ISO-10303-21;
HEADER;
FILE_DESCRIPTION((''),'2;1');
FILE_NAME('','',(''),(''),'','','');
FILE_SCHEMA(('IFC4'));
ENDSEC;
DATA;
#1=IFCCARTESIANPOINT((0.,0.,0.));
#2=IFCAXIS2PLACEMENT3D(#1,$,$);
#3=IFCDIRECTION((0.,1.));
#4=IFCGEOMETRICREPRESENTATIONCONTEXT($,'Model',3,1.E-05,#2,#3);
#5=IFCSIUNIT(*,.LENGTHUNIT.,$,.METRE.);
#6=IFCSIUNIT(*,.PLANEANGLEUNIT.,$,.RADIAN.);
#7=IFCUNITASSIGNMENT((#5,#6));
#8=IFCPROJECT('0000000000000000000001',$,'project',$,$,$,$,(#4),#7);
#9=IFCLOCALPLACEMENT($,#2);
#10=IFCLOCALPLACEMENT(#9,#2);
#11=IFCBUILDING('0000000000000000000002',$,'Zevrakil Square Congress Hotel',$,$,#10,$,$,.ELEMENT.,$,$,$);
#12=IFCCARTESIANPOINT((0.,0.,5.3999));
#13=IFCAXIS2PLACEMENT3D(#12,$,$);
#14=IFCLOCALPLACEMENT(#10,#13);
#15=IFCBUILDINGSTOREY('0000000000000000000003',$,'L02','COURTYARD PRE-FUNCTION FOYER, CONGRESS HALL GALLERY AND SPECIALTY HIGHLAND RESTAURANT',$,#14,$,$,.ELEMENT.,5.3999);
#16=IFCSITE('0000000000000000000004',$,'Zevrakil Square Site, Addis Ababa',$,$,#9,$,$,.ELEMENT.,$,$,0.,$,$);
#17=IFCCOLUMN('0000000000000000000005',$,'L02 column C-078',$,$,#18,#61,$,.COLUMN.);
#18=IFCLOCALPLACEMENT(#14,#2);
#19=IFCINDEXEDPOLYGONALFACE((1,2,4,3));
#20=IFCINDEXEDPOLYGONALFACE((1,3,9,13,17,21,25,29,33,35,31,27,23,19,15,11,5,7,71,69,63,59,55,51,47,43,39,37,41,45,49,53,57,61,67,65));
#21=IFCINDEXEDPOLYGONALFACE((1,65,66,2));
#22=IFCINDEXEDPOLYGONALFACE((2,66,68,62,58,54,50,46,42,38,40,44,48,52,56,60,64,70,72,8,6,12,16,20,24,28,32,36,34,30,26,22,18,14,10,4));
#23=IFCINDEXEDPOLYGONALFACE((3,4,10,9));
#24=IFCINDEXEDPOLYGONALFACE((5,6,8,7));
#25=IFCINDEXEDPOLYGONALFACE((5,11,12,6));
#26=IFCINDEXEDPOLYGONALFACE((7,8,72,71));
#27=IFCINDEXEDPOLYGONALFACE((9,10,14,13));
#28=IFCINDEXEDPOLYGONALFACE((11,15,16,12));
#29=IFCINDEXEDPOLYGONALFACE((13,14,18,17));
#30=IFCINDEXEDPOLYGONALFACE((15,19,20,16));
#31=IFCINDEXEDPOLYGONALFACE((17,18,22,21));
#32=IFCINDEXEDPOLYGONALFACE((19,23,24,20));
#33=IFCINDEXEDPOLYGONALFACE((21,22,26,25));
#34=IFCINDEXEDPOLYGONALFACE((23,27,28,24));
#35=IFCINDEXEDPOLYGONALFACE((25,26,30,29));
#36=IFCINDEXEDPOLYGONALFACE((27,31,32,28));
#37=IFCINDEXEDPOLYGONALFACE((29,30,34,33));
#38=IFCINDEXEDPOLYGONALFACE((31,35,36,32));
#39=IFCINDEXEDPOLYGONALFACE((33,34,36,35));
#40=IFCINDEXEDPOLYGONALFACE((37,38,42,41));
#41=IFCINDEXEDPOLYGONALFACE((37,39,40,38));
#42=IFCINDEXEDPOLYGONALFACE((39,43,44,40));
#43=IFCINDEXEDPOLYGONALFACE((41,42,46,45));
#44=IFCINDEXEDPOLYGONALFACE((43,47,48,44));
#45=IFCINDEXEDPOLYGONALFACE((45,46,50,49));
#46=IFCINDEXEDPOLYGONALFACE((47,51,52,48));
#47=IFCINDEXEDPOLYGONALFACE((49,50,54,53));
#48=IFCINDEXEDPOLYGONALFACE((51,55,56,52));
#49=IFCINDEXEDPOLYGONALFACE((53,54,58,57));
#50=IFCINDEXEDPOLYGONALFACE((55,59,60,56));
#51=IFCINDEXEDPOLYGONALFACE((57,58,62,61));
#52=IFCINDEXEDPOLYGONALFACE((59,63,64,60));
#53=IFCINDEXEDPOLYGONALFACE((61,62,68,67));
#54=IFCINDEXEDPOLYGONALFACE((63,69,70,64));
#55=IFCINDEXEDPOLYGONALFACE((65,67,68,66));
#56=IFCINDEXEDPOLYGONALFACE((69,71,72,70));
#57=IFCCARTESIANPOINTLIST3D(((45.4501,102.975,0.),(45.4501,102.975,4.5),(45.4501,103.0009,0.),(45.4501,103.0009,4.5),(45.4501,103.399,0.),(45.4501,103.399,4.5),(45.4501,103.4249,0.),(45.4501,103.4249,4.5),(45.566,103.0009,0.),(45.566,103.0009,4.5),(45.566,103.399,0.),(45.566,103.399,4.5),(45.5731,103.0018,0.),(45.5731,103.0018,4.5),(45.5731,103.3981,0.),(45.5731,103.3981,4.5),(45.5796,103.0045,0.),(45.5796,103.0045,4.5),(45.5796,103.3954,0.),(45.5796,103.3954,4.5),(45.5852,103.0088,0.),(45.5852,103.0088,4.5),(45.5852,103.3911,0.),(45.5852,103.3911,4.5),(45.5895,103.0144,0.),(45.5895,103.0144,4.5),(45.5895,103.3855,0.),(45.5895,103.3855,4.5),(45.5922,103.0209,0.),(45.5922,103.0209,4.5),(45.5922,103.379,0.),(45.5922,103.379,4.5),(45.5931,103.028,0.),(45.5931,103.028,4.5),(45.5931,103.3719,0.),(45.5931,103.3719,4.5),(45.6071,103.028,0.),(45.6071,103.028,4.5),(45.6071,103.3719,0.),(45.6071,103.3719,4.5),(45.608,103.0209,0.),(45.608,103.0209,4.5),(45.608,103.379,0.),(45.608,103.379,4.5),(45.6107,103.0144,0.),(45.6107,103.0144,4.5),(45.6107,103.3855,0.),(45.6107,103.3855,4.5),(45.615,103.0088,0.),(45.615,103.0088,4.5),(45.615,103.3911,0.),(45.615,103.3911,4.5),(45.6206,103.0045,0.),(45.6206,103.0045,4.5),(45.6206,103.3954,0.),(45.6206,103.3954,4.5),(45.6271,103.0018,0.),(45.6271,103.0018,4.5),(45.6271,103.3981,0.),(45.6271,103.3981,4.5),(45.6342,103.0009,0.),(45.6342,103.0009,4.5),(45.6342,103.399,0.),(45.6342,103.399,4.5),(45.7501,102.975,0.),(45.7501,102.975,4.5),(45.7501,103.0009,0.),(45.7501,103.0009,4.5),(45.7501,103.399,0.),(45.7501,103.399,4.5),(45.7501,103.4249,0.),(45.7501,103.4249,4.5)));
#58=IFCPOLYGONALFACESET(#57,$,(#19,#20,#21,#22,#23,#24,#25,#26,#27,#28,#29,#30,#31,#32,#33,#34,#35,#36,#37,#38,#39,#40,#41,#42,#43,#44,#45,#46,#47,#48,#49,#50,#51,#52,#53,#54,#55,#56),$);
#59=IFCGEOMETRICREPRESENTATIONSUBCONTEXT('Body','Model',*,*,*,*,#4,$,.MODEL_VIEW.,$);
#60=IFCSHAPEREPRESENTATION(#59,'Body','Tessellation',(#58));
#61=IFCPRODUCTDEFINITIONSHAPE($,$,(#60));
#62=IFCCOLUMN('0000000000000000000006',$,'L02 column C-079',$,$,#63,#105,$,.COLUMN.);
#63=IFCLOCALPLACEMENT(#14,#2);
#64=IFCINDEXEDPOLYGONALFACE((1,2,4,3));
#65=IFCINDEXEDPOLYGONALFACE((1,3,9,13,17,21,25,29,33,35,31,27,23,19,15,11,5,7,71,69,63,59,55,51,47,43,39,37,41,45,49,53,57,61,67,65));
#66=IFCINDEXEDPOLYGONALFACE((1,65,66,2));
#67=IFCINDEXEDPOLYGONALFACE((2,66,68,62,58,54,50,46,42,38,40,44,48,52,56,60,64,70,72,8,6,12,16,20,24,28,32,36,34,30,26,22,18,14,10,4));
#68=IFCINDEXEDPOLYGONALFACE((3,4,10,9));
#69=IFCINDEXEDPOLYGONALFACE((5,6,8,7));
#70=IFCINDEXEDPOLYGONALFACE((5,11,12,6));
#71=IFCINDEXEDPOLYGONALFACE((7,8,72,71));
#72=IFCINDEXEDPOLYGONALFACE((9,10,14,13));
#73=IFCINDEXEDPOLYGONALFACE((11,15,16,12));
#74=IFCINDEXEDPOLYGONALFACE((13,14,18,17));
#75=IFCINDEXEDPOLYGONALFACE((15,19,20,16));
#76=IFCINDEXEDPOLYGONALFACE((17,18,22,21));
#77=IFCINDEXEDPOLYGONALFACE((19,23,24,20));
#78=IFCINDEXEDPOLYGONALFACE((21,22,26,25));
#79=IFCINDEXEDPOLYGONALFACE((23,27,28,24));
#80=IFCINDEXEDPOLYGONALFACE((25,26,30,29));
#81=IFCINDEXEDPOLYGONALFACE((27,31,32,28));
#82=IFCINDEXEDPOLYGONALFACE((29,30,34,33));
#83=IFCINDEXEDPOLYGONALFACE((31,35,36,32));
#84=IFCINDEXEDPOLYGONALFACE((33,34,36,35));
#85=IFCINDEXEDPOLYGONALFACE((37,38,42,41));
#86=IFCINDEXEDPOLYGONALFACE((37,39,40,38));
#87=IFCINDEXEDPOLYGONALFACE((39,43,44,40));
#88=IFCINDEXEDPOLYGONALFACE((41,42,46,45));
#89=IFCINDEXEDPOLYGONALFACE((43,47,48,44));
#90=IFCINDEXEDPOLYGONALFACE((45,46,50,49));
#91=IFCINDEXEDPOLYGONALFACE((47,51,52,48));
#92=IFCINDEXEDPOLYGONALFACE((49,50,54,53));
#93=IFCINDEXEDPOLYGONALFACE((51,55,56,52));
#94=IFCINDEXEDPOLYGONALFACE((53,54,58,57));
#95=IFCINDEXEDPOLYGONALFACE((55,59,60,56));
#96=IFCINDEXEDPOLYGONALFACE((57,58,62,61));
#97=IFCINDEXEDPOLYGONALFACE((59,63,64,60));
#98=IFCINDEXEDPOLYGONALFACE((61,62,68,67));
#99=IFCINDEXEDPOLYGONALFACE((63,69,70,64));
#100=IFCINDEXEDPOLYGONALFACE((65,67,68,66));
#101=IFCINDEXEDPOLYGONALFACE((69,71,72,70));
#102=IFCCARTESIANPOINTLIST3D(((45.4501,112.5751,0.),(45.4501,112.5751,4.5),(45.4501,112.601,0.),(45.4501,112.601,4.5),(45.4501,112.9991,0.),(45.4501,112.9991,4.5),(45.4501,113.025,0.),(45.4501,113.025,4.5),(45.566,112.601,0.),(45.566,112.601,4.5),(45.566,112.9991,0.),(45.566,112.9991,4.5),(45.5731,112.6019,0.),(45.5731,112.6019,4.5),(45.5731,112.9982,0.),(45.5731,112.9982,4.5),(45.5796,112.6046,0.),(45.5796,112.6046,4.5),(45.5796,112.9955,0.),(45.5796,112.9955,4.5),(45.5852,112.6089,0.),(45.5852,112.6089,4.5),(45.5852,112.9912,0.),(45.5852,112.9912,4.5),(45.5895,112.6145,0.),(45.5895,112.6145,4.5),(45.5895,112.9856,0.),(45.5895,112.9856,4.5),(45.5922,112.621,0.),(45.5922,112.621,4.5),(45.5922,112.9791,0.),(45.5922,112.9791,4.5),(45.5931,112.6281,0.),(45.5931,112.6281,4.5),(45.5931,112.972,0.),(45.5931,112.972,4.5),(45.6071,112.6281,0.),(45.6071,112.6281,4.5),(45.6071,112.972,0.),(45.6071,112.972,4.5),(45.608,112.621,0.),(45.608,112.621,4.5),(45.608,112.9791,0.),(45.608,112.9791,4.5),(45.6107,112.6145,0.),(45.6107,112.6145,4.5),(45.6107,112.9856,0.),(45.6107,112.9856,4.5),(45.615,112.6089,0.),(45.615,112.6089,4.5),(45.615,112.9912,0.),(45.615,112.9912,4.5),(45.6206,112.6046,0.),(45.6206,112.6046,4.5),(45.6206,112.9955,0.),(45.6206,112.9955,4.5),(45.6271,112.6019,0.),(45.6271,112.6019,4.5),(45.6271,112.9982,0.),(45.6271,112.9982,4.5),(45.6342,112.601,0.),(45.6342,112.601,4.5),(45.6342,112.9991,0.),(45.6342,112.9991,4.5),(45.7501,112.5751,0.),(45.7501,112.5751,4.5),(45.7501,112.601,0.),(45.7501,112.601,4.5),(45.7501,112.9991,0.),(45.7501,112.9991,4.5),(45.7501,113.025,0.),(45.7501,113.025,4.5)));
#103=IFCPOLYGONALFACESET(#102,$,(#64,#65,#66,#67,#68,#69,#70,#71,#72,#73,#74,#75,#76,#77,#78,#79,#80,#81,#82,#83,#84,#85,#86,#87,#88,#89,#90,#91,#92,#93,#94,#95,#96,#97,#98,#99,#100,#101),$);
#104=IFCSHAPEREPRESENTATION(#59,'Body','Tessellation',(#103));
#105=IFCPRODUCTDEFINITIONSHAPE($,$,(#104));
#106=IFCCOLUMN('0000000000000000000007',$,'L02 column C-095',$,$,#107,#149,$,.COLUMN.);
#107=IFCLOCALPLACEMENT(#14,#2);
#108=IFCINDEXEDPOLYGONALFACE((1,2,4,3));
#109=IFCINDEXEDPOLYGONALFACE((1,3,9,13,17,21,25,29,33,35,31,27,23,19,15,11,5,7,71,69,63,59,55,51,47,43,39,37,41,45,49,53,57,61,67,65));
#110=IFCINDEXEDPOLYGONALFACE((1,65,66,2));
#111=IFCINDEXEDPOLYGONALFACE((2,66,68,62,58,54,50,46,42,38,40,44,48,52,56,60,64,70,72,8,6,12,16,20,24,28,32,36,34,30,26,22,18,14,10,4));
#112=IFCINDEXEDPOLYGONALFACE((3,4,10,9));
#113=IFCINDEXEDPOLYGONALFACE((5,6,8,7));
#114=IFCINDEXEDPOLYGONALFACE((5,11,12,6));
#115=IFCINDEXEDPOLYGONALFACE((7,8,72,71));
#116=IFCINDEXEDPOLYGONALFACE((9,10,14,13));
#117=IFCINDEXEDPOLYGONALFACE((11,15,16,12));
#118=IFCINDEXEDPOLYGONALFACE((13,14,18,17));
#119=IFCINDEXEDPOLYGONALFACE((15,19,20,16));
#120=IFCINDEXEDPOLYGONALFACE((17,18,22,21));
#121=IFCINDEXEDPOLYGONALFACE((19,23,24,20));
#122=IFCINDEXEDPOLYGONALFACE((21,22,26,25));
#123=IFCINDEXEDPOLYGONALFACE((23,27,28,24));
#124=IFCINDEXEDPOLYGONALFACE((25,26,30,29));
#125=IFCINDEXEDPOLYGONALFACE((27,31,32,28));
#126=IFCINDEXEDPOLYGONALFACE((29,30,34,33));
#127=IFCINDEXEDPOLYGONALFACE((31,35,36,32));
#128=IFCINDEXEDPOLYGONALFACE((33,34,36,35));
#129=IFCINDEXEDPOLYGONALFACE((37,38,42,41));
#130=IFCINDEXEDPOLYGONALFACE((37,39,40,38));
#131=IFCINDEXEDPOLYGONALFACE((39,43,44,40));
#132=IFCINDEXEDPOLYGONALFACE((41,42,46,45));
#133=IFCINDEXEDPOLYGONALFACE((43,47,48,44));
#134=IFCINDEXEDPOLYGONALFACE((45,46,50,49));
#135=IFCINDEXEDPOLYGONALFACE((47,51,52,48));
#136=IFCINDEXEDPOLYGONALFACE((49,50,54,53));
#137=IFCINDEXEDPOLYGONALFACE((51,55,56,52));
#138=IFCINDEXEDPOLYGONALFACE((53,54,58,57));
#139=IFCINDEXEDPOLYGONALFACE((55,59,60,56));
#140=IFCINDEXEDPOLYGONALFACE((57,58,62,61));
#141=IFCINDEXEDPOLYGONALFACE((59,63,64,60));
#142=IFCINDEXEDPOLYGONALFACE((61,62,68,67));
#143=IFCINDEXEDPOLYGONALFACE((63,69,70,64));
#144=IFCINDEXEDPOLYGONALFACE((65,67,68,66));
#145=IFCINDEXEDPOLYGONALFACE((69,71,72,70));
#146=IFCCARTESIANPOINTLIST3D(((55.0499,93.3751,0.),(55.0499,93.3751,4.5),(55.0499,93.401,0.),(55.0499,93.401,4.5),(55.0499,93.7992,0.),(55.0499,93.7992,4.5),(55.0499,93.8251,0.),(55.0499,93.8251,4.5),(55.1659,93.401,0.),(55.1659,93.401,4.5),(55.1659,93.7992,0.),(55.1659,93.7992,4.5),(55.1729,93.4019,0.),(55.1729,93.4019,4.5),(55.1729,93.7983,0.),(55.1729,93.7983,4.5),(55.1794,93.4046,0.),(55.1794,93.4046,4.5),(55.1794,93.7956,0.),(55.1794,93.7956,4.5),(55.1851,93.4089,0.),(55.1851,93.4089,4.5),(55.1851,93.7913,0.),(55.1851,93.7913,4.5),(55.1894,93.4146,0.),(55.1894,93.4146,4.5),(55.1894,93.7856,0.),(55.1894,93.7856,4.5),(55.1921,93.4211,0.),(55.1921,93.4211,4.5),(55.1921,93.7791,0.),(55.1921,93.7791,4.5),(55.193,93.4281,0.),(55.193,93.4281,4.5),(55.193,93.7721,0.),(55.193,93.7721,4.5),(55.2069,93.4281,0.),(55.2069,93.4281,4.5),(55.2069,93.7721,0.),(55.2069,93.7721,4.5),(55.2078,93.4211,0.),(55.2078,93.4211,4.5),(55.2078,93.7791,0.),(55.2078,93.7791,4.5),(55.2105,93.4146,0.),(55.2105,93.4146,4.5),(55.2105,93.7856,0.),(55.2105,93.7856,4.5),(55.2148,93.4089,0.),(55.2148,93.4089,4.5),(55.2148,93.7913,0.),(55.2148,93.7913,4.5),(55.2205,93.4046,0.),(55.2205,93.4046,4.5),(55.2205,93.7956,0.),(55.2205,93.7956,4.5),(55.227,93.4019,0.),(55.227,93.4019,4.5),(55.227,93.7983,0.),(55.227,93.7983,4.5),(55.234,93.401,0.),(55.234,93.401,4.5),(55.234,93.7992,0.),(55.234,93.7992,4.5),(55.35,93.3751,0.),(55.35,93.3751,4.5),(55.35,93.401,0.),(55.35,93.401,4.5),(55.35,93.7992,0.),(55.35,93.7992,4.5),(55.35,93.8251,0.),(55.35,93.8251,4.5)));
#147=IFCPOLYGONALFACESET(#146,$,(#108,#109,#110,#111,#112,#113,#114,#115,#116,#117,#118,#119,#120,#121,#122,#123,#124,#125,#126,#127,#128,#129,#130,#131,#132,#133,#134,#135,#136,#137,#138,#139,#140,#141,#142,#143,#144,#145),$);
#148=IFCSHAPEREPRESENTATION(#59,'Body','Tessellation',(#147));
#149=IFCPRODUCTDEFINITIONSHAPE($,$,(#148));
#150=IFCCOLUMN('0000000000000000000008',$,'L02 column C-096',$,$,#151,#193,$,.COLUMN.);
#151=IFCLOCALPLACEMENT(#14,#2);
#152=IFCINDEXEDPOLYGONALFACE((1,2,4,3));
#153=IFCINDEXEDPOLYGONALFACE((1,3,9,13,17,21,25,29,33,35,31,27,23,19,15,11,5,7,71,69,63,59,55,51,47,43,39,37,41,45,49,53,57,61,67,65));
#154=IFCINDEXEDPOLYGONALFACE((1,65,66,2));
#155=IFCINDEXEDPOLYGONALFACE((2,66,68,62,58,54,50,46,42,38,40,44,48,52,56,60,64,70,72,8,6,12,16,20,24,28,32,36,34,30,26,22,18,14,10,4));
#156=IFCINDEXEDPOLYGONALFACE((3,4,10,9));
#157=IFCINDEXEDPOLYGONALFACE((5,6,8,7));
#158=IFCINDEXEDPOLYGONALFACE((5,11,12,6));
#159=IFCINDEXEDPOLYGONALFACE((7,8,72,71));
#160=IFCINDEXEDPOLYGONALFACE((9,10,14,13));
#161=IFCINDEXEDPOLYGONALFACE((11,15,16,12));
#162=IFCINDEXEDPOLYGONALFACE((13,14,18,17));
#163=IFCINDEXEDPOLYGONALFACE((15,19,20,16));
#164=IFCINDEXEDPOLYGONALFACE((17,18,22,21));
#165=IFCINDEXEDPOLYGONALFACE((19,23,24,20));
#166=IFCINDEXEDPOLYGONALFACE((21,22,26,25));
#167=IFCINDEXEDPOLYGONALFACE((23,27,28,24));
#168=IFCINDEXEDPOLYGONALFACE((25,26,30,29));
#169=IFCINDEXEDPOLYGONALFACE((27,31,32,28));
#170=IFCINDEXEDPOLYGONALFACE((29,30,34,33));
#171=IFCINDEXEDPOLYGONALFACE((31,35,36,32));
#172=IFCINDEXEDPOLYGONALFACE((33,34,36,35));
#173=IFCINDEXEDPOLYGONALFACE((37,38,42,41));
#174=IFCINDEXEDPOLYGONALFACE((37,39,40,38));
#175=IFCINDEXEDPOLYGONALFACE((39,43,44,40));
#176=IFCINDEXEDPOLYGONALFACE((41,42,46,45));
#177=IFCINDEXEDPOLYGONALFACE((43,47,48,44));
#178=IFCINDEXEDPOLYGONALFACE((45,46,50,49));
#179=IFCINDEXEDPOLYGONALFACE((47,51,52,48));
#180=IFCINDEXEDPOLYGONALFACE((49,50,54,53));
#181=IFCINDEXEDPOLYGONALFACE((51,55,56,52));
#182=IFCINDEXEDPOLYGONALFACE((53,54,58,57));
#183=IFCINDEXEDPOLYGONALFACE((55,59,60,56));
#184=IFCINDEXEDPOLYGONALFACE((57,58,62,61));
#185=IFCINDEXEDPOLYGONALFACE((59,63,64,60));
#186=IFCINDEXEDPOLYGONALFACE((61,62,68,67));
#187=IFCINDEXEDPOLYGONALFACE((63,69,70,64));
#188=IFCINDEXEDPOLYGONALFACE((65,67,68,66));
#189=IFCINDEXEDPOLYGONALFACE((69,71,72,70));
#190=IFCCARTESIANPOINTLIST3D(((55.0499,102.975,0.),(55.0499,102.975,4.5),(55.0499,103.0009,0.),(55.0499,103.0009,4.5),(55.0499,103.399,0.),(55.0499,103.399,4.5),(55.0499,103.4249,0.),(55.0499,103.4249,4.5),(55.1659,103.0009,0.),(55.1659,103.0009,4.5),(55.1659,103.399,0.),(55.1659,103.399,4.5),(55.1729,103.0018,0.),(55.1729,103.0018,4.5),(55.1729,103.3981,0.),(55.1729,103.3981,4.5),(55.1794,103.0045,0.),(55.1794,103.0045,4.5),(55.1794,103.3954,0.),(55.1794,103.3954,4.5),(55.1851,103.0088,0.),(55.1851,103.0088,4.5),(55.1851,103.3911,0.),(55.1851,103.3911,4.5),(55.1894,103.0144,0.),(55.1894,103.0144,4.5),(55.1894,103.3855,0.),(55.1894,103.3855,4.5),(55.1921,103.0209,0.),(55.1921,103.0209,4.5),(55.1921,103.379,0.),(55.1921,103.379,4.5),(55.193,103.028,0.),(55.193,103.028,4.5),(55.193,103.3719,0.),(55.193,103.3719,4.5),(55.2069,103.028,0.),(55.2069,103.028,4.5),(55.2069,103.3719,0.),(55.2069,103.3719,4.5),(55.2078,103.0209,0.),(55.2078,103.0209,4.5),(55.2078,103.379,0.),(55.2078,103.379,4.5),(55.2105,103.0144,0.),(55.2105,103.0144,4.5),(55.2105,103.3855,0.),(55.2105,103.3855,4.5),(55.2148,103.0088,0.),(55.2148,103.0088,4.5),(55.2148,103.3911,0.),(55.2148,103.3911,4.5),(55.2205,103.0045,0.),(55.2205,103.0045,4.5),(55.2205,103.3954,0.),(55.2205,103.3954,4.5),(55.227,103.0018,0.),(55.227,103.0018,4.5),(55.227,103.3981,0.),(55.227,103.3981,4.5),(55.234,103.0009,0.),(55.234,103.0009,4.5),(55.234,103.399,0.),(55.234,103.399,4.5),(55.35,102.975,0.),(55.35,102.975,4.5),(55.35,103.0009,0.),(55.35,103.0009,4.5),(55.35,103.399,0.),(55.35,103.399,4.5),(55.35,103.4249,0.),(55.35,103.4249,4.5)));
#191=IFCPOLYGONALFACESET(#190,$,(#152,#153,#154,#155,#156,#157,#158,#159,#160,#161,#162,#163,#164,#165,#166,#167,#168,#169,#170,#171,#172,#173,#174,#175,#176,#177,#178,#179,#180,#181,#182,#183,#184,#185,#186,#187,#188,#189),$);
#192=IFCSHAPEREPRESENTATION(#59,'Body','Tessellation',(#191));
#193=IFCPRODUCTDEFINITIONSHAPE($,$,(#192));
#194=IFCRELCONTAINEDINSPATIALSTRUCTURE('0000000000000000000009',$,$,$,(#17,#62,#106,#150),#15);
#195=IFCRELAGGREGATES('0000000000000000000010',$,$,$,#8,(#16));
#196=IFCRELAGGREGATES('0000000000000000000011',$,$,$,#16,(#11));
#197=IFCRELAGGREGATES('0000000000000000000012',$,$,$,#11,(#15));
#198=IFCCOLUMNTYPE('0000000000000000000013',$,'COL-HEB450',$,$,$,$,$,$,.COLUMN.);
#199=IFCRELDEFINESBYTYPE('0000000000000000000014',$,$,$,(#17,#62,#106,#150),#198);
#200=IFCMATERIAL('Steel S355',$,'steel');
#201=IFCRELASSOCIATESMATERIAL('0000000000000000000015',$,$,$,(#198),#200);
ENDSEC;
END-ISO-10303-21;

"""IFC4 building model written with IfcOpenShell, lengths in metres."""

from ifc_helpers import new_model, si_unit, direction, frame, origin, origin_2d, place, context, subcontext, project, spatial, i_section, extrude, material, material_profile, profile_set, type_object, element, save


model = new_model("IFC4")

# Units and contexts
model_context = context("Model", 3, precision=1e-05, world=origin(), true_north=direction((0.0, 1.0)))
body_context = subcontext(model_context, "Body", "Model", "MODEL_VIEW")
ifc_project = project(units=[si_unit("LENGTHUNIT", "METRE"), si_unit("PLANEANGLEUNIT", "RADIAN")], contexts=[model_context])

# Site, building, storey
site_placement = place(None, origin())
site = spatial("IfcSite", under=ifc_project, at=site_placement, Name="Zevrakil Square Site, Addis Ababa", CompositionType="ELEMENT", RefElevation=0.0)
building_placement = place(site_placement, origin())
building = spatial("IfcBuilding", under=site, at=building_placement, Name="Zevrakil Square Congress Hotel", CompositionType="ELEMENT")
storey_placement = place(building_placement, frame((0.0, 0.0, 5.3999)))
storey = spatial("IfcBuildingStorey", under=building, at=storey_placement, Name="L02", Description="COURTYARD PRE-FUNCTION FOYER, CONGRESS HALL GALLERY AND SPECIALTY HIGHLAND RESTAURANT", CompositionType="ELEMENT", Elevation=5.3999)

# Columns
ifc_material_1 = material(Name="Steel S355", Category="steel")
ifc_material_profile_1 = material_profile(ifc_material_1, i_section(OverallWidth=0.3, OverallDepth=0.45, WebThickness=0.0139, FlangeThickness=0.0259, FilletRadius=0.0271, at=origin_2d()), Name="HEB 450")
ifc_profile_set_1 = profile_set([ifc_material_profile_1], Name="Steel S355")
column_type = type_object("IfcColumnType", Name="COL-HEB450", PredefinedType="COLUMN", material=ifc_profile_set_1)
for number, where, z_axis, x_axis, name in (
    (1, (45.6001, 103.2, 0.0), (0.0, 0.0, 1.0), (1.0, 0.0, 0.0), "L02 column C-078"),
    (2, (45.6001, 112.8, 0.0), (0.0, 0.0, 1.0), (1.0, 0.0, 0.0), "L02 column C-079"),
    (3, (55.2, 93.6001, 0.0), (0.0, 0.0, 1.0), (1.0, 0.0, 0.0), "L02 column C-095"),
    (4, (55.2, 103.2, 0.0), (0.0, 0.0, 1.0), (1.0, 0.0, 0.0), "L02 column C-096"),
):
    element("IfcColumn", number, at=place(storey_placement, frame(where, z_axis=z_axis, x_axis=x_axis)), inside=storey, type_object=column_type, Name=name, PredefinedType="COLUMN", context=body_context, shape_type="SweptSolid", body=[
        extrude(i_section(OverallWidth=0.3, OverallDepth=0.45, WebThickness=0.0139, FlangeThickness=0.0259, FilletRadius=0.0271, at=origin_2d()), origin(), (0.0, 0.0, 1.0), 4.5),
    ])

save(model, "model.ifc")
